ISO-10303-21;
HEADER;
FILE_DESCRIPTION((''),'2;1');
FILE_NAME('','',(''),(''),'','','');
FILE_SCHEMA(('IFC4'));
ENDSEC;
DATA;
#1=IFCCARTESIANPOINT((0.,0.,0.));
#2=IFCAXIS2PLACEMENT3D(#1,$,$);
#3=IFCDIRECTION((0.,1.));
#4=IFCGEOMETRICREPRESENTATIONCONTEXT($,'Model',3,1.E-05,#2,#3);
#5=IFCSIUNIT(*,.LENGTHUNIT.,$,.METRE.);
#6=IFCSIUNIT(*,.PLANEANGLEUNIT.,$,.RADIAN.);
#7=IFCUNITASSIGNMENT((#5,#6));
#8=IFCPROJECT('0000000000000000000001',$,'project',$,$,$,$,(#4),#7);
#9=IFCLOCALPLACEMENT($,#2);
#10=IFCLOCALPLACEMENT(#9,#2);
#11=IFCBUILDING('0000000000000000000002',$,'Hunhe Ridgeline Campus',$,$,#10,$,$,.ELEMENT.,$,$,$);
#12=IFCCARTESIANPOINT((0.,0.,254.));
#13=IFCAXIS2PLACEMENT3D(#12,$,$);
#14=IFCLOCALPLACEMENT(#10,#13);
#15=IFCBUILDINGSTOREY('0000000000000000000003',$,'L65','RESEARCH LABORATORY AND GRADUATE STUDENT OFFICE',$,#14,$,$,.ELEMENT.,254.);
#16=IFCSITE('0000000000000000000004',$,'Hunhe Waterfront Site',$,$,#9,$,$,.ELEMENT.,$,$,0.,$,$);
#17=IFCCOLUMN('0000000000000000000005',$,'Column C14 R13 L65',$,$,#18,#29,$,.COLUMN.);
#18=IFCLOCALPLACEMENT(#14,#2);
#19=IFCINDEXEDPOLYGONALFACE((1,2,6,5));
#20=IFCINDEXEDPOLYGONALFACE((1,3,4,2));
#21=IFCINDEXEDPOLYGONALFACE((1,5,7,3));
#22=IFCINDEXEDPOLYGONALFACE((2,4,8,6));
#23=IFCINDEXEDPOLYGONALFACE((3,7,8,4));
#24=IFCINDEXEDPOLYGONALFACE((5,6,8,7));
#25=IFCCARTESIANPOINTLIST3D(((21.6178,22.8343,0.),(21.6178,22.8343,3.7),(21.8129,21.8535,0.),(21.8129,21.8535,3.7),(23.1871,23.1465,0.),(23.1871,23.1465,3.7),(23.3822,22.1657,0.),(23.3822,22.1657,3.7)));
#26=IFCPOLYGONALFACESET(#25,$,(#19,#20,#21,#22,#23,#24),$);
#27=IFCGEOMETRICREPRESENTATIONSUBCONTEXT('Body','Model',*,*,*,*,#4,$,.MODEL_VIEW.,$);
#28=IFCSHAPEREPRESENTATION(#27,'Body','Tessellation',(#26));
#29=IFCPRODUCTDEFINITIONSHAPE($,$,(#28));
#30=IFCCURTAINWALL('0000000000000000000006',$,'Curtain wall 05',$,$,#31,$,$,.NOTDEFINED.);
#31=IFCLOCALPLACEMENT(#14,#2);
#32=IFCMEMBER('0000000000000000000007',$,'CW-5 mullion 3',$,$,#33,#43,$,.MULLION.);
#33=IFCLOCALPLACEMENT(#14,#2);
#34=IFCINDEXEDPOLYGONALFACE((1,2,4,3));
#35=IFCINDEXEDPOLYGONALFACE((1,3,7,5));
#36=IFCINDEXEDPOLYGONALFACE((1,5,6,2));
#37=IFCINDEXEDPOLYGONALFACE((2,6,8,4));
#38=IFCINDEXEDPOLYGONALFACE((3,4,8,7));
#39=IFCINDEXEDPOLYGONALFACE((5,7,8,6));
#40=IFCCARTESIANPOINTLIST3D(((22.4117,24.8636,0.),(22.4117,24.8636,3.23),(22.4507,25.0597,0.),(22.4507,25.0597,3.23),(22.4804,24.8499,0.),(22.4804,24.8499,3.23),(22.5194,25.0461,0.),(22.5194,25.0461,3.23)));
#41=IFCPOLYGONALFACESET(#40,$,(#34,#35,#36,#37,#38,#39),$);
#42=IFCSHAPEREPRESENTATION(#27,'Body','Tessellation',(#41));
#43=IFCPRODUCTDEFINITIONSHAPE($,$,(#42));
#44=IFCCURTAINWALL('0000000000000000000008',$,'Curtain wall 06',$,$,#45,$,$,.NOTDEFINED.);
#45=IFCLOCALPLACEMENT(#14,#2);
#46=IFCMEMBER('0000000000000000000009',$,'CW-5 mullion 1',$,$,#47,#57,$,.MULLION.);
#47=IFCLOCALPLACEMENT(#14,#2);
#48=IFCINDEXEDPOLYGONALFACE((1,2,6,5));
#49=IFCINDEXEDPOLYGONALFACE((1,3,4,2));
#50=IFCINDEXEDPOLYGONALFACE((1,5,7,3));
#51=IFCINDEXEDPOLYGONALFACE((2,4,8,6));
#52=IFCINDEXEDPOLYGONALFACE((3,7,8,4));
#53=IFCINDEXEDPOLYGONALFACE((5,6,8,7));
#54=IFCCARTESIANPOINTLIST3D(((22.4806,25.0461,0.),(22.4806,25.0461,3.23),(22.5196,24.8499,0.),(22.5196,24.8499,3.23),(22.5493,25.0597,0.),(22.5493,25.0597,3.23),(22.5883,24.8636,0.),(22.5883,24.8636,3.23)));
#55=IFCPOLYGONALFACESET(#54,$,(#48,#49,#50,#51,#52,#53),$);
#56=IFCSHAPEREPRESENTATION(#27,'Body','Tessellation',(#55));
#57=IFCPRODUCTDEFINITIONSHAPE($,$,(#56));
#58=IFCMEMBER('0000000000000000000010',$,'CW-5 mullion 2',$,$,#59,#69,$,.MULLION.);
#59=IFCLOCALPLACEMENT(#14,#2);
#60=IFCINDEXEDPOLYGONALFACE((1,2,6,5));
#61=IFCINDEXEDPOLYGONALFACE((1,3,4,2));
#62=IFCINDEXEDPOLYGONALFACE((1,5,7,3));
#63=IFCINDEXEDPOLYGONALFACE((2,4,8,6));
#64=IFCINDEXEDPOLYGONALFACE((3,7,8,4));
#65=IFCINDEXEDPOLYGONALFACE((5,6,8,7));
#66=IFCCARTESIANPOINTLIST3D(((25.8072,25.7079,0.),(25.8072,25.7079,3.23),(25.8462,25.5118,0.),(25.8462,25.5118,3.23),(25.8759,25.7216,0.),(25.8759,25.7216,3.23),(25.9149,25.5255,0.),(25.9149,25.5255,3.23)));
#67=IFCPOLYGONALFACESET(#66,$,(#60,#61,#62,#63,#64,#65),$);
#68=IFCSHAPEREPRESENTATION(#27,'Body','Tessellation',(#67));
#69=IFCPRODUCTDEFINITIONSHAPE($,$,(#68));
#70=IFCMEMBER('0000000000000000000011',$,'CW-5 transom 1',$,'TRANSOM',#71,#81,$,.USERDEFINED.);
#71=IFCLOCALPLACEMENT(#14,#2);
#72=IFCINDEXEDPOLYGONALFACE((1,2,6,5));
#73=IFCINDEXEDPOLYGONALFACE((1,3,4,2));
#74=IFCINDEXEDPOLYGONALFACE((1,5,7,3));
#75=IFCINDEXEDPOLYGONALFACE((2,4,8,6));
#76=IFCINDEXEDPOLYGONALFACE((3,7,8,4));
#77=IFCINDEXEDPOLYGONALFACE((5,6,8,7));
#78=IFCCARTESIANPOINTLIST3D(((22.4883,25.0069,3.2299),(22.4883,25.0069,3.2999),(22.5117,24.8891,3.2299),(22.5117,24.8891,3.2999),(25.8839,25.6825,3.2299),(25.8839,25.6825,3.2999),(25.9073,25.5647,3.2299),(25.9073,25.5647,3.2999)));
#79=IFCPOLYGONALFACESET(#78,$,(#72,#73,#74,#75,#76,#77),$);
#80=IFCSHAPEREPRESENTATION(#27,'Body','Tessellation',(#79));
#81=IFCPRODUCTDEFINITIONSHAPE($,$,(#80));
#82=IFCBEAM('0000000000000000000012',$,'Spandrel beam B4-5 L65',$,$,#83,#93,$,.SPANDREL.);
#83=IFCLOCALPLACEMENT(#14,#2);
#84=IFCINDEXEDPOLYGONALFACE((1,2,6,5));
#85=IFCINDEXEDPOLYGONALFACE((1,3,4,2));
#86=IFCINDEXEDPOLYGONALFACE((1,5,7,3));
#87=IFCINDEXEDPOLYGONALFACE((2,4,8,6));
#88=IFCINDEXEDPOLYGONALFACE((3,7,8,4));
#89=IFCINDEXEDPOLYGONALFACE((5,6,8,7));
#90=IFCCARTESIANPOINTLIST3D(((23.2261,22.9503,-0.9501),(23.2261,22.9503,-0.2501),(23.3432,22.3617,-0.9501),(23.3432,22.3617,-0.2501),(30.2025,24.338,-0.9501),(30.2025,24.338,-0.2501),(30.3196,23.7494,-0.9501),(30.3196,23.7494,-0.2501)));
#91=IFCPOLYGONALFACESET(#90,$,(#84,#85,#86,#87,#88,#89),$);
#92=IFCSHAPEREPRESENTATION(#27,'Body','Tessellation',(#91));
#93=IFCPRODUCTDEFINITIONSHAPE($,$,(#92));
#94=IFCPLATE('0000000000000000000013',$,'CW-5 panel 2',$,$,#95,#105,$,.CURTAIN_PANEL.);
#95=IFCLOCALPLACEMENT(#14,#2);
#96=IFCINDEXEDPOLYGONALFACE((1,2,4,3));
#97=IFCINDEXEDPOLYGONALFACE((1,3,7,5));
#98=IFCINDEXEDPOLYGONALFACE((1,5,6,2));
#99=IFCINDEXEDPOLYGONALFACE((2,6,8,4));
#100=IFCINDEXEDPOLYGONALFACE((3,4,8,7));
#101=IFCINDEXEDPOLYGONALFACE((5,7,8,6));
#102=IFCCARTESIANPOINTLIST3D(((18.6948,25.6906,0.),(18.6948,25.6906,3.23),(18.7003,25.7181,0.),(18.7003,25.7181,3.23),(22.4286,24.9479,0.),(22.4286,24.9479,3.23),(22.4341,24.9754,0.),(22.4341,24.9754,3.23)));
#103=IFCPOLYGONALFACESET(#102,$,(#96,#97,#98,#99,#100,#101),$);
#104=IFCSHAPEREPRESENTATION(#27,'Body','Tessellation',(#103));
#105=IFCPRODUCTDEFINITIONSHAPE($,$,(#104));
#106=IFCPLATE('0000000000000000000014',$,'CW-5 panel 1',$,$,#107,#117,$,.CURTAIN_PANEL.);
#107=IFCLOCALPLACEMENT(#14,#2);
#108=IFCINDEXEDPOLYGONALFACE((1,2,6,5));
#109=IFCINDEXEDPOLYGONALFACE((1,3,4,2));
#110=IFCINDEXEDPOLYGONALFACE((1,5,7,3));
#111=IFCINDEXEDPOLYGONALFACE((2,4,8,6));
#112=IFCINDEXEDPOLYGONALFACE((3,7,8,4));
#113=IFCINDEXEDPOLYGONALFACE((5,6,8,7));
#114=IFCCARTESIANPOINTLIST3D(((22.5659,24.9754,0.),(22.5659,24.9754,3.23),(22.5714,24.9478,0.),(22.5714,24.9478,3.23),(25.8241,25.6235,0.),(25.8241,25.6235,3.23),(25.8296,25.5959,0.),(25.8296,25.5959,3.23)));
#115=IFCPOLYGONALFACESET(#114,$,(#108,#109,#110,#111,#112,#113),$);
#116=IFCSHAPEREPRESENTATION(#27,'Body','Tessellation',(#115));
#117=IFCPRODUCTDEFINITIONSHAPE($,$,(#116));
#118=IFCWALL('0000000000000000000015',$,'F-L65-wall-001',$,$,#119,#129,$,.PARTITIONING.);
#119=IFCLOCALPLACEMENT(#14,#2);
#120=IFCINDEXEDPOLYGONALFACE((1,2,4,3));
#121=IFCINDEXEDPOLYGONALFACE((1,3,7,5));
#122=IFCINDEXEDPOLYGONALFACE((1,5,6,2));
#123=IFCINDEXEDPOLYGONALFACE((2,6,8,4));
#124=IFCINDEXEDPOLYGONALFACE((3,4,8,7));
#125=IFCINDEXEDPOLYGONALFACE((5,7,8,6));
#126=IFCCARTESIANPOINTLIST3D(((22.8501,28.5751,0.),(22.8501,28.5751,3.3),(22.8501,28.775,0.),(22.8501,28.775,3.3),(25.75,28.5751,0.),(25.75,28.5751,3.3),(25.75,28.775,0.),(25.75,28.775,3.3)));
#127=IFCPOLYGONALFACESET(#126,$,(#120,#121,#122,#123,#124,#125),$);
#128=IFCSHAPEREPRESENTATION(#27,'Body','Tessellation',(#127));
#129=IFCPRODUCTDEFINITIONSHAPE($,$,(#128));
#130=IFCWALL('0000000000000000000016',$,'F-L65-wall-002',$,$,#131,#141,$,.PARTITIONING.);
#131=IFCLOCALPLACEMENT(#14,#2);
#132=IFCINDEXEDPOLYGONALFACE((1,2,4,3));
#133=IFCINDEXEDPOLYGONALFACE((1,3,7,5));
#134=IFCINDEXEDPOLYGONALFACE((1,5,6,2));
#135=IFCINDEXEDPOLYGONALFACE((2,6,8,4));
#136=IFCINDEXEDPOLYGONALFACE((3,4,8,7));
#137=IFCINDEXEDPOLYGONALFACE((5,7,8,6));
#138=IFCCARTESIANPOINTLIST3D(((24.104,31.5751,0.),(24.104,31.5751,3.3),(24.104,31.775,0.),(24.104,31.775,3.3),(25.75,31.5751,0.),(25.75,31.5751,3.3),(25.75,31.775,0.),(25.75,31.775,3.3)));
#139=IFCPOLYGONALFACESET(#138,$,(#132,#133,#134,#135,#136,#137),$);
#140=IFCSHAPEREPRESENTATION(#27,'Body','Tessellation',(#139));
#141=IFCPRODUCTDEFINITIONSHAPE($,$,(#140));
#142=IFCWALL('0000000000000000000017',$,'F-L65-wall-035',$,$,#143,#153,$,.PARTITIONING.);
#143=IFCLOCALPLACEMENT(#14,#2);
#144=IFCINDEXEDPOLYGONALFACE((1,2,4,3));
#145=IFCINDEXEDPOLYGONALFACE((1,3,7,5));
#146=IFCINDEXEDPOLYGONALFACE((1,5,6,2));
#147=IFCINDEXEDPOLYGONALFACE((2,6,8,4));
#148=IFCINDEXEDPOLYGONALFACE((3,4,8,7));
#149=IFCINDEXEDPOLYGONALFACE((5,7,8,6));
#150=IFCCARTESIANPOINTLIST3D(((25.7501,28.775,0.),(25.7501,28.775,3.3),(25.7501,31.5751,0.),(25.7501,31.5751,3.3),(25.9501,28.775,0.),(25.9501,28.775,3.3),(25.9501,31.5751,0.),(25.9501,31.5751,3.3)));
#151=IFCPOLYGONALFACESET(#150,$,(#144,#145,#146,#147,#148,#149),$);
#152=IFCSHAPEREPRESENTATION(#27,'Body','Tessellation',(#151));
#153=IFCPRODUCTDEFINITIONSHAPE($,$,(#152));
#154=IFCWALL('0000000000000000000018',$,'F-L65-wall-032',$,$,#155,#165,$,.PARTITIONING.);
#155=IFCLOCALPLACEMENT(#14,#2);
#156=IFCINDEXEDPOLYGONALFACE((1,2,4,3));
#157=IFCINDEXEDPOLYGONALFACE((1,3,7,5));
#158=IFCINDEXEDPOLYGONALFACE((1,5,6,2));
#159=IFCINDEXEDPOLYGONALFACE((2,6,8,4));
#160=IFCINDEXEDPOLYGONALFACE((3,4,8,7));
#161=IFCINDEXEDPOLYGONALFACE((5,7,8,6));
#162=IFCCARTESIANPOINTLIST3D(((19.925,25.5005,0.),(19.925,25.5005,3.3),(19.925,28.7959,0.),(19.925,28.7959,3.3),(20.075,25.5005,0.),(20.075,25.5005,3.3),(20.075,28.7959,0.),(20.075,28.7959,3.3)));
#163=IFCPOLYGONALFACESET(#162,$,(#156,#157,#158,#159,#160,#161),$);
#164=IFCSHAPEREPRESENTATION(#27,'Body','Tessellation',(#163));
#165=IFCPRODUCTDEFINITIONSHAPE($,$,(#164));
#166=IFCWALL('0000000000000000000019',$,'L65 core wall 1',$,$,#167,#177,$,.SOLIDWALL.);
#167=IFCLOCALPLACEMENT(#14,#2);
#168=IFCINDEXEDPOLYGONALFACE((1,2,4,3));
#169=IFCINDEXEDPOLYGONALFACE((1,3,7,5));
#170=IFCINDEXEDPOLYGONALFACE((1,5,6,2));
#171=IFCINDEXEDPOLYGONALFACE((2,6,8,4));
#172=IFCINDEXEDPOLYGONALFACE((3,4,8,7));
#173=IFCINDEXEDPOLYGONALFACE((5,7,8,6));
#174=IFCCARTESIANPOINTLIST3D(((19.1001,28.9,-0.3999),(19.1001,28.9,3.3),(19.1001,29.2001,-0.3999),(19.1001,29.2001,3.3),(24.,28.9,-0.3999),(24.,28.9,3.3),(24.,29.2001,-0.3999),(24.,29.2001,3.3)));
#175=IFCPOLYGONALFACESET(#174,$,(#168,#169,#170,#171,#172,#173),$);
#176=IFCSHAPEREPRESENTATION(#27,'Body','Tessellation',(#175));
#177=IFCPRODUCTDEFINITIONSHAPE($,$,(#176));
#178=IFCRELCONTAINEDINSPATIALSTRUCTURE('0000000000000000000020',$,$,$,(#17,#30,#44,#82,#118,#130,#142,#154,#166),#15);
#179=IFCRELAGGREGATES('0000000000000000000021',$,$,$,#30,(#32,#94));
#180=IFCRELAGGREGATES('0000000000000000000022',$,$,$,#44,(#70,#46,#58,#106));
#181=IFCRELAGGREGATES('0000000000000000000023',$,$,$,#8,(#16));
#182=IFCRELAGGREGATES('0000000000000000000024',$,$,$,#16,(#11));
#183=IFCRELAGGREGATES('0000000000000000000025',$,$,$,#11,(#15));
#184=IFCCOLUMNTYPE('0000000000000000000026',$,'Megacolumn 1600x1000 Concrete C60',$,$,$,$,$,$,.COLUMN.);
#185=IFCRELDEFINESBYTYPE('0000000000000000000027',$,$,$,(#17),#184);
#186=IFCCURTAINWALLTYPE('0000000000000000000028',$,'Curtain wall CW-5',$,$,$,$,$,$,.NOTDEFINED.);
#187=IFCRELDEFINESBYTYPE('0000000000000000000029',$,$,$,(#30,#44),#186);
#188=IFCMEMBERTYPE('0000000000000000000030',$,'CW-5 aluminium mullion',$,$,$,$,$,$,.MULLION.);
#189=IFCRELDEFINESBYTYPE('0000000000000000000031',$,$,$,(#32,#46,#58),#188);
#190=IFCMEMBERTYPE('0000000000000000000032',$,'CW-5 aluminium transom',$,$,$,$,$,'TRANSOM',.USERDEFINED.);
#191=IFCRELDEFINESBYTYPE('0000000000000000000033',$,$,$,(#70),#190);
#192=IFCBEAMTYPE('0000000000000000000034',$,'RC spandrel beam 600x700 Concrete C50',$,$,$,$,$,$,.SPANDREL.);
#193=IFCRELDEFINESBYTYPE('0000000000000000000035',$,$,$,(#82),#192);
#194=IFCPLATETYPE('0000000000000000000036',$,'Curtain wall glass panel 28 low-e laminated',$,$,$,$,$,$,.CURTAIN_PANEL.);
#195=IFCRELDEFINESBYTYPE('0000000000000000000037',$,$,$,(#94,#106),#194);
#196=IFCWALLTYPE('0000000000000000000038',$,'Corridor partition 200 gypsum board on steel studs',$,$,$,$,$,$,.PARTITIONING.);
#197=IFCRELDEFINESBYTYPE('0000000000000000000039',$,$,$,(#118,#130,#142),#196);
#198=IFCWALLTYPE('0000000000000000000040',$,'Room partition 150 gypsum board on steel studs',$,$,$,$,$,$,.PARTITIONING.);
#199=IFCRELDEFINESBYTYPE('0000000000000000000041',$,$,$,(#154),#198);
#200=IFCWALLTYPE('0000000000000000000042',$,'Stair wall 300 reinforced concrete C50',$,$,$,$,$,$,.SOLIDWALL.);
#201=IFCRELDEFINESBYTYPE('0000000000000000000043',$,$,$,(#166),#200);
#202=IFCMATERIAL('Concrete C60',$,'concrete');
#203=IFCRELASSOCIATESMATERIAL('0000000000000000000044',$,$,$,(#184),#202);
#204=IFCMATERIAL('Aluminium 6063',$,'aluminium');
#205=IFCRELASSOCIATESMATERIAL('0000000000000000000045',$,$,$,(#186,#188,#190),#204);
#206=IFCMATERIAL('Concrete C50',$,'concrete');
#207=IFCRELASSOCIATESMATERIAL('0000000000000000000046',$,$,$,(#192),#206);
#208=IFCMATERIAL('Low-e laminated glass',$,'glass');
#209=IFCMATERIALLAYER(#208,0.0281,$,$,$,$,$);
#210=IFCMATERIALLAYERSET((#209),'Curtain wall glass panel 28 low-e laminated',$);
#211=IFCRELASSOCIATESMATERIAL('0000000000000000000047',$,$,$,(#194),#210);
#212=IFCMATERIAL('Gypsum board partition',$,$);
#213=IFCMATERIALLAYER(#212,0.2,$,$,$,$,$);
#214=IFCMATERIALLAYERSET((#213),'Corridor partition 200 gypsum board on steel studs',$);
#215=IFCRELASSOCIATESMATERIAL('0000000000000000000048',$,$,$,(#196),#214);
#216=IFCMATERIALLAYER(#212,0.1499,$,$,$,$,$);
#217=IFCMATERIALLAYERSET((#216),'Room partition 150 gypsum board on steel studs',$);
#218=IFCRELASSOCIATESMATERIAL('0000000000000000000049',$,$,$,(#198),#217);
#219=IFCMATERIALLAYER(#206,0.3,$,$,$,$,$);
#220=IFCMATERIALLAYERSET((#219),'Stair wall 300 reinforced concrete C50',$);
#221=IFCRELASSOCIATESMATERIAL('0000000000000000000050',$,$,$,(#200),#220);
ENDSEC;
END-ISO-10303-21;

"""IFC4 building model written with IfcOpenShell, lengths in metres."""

from ifc_helpers import new_model, si_unit, direction, frame, frame_2d, origin, origin_2d, place, context, subcontext, project, spatial, rectangle, extrude, material, layer, layer_set, material_profile, profile_set, type_object, element, aggregate, save


model = new_model("IFC4")

# Units and contexts
model_context = context("Model", 3, precision=1e-05, world=origin(), true_north=direction((0.0, 1.0)))
body_context = subcontext(model_context, "Body", "Model", "MODEL_VIEW")
ifc_project = project(units=[si_unit("LENGTHUNIT", "METRE"), si_unit("PLANEANGLEUNIT", "RADIAN")], contexts=[model_context])

# Site, building, storey
site_placement = place(None, origin())
site = spatial("IfcSite", under=ifc_project, at=site_placement, Name="Hunhe Waterfront Site", CompositionType="ELEMENT", RefElevation=0.0)
building_placement = place(site_placement, origin())
building = spatial("IfcBuilding", under=site, at=building_placement, Name="Hunhe Ridgeline Campus", CompositionType="ELEMENT")
storey_placement = place(building_placement, frame((0.0, 0.0, 254.0)))
storey = spatial("IfcBuildingStorey", under=building, at=storey_placement, Name="L65", Description="RESEARCH LABORATORY AND GRADUATE STUDENT OFFICE", CompositionType="ELEMENT", Elevation=254.0)

# Column
ifc_material_1 = material(Name="Concrete C60", Category="concrete")
ifc_material_profile_1 = material_profile(ifc_material_1, rectangle(XDim=1.6001, YDim=1.0, at=origin_2d()))
ifc_profile_set_1 = profile_set([ifc_material_profile_1], Name="Concrete C60")
column_type = type_object("IfcColumnType", Name="Megacolumn 1600x1000 Concrete C60", PredefinedType="COLUMN", material=ifc_profile_set_1)
column_placement = place(storey_placement, frame((22.5, 22.5, 0.0), z_axis=(0.0, 0.0, 1.0), x_axis=(0.980785, 0.19509, 0.0)))
element("IfcColumn", 1, at=column_placement, inside=storey, type_object=column_type, Name="Column C14 R13 L65", PredefinedType="COLUMN", context=body_context, shape_type="SweptSolid", body=[
    extrude(rectangle(XDim=1.6001, YDim=1.0, at=origin_2d()), origin(), (0.0, 0.0, 1.0), 3.7),
])

# Curtain wall, member
ifc_material_2 = material(Name="Aluminium 6063", Category="aluminium")
curtain_wall_type = type_object("IfcCurtainWallType", Name="Curtain wall CW-5", PredefinedType="NOTDEFINED", material=ifc_material_2)
curtain_wall_1_placement = place(storey_placement, origin())
curtain_wall_1 = element("IfcCurtainWall", 2, at=curtain_wall_1_placement, inside=storey, type_object=curtain_wall_type, Name="Curtain wall 05", PredefinedType="NOTDEFINED")
ifc_material_profile_2 = material_profile(ifc_material_2, rectangle(XDim=0.2, YDim=0.0701, at=origin_2d()))
ifc_profile_set_2 = profile_set([ifc_material_profile_2], Name="Aluminium 6063")
member_type_1 = type_object("IfcMemberType", Name="CW-5 aluminium mullion", PredefinedType="MULLION", material=ifc_profile_set_2)
member_1_placement = place(storey_placement, frame((22.4656, 24.9548, 0.0), z_axis=(0.0, 0.0, 1.0), x_axis=(0.19509, 0.980785, 0.0)))
member_1 = element("IfcMember", 3, at=member_1_placement, type_object=member_type_1, Name="CW-5 mullion 3", PredefinedType="MULLION", context=body_context, shape_type="SweptSolid", body=[
    extrude(rectangle(XDim=0.2, YDim=0.0701, at=origin_2d()), origin(), (0.0, 0.0, 1.0), 3.23),
])

# Curtain wall, members
curtain_wall_2_placement = place(storey_placement, origin())
curtain_wall_2 = element("IfcCurtainWall", 4, at=curtain_wall_2_placement, inside=storey, type_object=curtain_wall_type, Name="Curtain wall 06", PredefinedType="NOTDEFINED")
member_2_placement = place(storey_placement, frame((22.5344, 24.9548, 0.0), z_axis=(0.0, 0.0, 1.0), x_axis=(-0.19509, 0.980785, 0.0)))
member_2 = element("IfcMember", 5, at=member_2_placement, type_object=member_type_1, Name="CW-5 mullion 1", PredefinedType="MULLION", context=body_context, shape_type="SweptSolid", body=[
    extrude(rectangle(XDim=0.2, YDim=0.0701, at=origin_2d()), origin(), (0.0, 0.0, 1.0), 3.23),
])
member_3_placement = place(storey_placement, frame((25.8611, 25.6167, 0.0), z_axis=(0.0, 0.0, 1.0), x_axis=(-0.19509, 0.980785, 0.0)))
member_3 = element("IfcMember", 6, at=member_3_placement, type_object=member_type_1, Name="CW-5 mullion 2", PredefinedType="MULLION", context=body_context, shape_type="SweptSolid", body=[
    extrude(rectangle(XDim=0.2, YDim=0.0701, at=origin_2d()), origin(), (0.0, 0.0, 1.0), 3.23),
])
ifc_material_profile_3 = material_profile(ifc_material_2, rectangle(XDim=0.1201, YDim=0.0701, at=origin_2d()))
ifc_profile_set_3 = profile_set([ifc_material_profile_3], Name="Aluminium 6063")
member_type_2 = type_object("IfcMemberType", Name="CW-5 aluminium transom", ElementType="TRANSOM", PredefinedType="USERDEFINED", material=ifc_profile_set_3)
member_4_placement = place(storey_placement, frame((22.5, 24.948, 3.2649), z_axis=(0.980778, 0.195126, 0.0), x_axis=(-0.195126, 0.980778, 0.0)))
member_4 = element("IfcMember", 7, at=member_4_placement, type_object=member_type_2, Name="CW-5 transom 1", ObjectType="TRANSOM", PredefinedType="USERDEFINED", context=body_context, shape_type="SweptSolid", body=[
    extrude(rectangle(XDim=0.1201, YDim=0.0701, at=origin_2d()), origin(), (0.0, 0.0, 1.0), 3.4622),
])

# Beam
ifc_material_3 = material(Name="Concrete C50", Category="concrete")
ifc_material_profile_4 = material_profile(ifc_material_3, rectangle(XDim=0.6001, YDim=0.7, at=origin_2d()))
ifc_profile_set_4 = profile_set([ifc_material_profile_4], Name="Concrete C50")
beam_type = type_object("IfcBeamType", Name="RC spandrel beam 600x700 Concrete C50", PredefinedType="SPANDREL", material=ifc_profile_set_4)
beam_placement = place(storey_placement, frame((23.2847, 22.656, -0.6001), z_axis=(0.980785, 0.195093, 0.0), x_axis=(-0.195093, 0.980785, 0.0)))
element("IfcBeam", 8, at=beam_placement, inside=storey, type_object=beam_type, Name="Spandrel beam B4-5 L65", PredefinedType="SPANDREL", context=body_context, shape_type="SweptSolid", body=[
    extrude(rectangle(XDim=0.6001, YDim=0.7, at=origin_2d()), origin(), (0.0, 0.0, 1.0), 7.113),
])

# Plates
ifc_material_4 = material(Name="Low-e laminated glass", Category="glass")
ifc_layer_1 = layer(ifc_material_4, 0.0281)
ifc_layer_set_1 = layer_set([ifc_layer_1], Name="Curtain wall glass panel 28 low-e laminated")
plate_type = type_object("IfcPlateType", Name="Curtain wall glass panel 28 low-e laminated", PredefinedType="CURTAIN_PANEL", material=ifc_layer_set_1)
plate_1_placement = place(storey_placement, frame((20.5645, 25.333, 0.0), z_axis=(0.0, 0.0, 1.0), x_axis=(0.980785, -0.19509, 0.0)))
plate_1 = element("IfcPlate", 9, at=plate_1_placement, type_object=plate_type, Name="CW-5 panel 2", PredefinedType="CURTAIN_PANEL", context=body_context, shape_type="SweptSolid", body=[
    extrude(rectangle(XDim=3.8069, YDim=0.0281, at=origin_2d()), origin(), (0.0, 0.0, 1.0), 3.23),
])
aggregate(curtain_wall_1, [member_1, plate_1])
plate_2_placement = place(storey_placement, frame((24.1978, 25.2856, 0.0), z_axis=(0.0, 0.0, 1.0), x_axis=(0.980785, 0.19509, 0.0)))
plate_2 = element("IfcPlate", 10, at=plate_2_placement, type_object=plate_type, Name="CW-5 panel 1", PredefinedType="CURTAIN_PANEL", context=body_context, shape_type="SweptSolid", body=[
    extrude(rectangle(XDim=3.322, YDim=0.0281, at=origin_2d()), origin(), (0.0, 0.0, 1.0), 3.23),
])
aggregate(curtain_wall_2, [member_4, member_2, member_3, plate_2])

# Walls
ifc_material_5 = material(Name="Gypsum board partition")
ifc_layer_2 = layer(ifc_material_5, 0.2)
ifc_layer_set_2 = layer_set([ifc_layer_2], Name="Corridor partition 200 gypsum board on steel studs")
wall_type_1 = type_object("IfcWallType", Name="Corridor partition 200 gypsum board on steel studs", PredefinedType="PARTITIONING", material=ifc_layer_set_2)
wall_1_placement = place(storey_placement, frame((25.75, 28.675, 0.0), z_axis=(0.0, 0.0, 1.0), x_axis=(-1.0, 0.0, 0.0)))
element("IfcWall", 11, at=wall_1_placement, inside=storey, type_object=wall_type_1, Name="F-L65-wall-001", PredefinedType="PARTITIONING", context=body_context, shape_type="SweptSolid", body=[
    extrude(rectangle(XDim=2.8999, YDim=0.2, at=frame_2d((1.45, 0.0))), origin(), (0.0, 0.0, 1.0), 3.3),
])
wall_2_placement = place(storey_placement, frame((24.104, 31.675, 0.0), z_axis=(0.0, 0.0, 1.0), x_axis=(1.0, 0.0, 0.0)))
element("IfcWall", 12, at=wall_2_placement, inside=storey, type_object=wall_type_1, Name="F-L65-wall-002", PredefinedType="PARTITIONING", context=body_context, shape_type="SweptSolid", body=[
    extrude(rectangle(XDim=1.646, YDim=0.2, at=frame_2d((0.823, 0.0))), origin(), (0.0, 0.0, 1.0), 3.3),
])
wall_3_placement = place(storey_placement, frame((25.8501, 31.575, 0.0), z_axis=(0.0, 0.0, 1.0), x_axis=(0.0, -1.0, 0.0)))
element("IfcWall", 13, at=wall_3_placement, inside=storey, type_object=wall_type_1, Name="F-L65-wall-035", PredefinedType="PARTITIONING", context=body_context, shape_type="SweptSolid", body=[
    extrude(rectangle(XDim=2.8, YDim=0.2, at=frame_2d((1.3999, 0.0))), origin(), (0.0, 0.0, 1.0), 3.3),
])
ifc_layer_3 = layer(ifc_material_5, 0.1499)
ifc_layer_set_3 = layer_set([ifc_layer_3], Name="Room partition 150 gypsum board on steel studs")
wall_type_2 = type_object("IfcWallType", Name="Room partition 150 gypsum board on steel studs", PredefinedType="PARTITIONING", material=ifc_layer_set_3)
wall_4_placement = place(storey_placement, frame((20.0, 28.7959, 0.0), z_axis=(0.0, 0.0, 1.0), x_axis=(0.0, -1.0, 0.0)))
element("IfcWall", 14, at=wall_4_placement, inside=storey, type_object=wall_type_2, Name="F-L65-wall-032", PredefinedType="PARTITIONING", context=body_context, shape_type="SweptSolid", body=[
    extrude(rectangle(XDim=3.2954, YDim=0.1499, at=frame_2d((1.6477, 0.0))), origin(), (0.0, 0.0, 1.0), 3.3),
])
ifc_layer_4 = layer(ifc_material_3, 0.3)
ifc_layer_set_4 = layer_set([ifc_layer_4], Name="Stair wall 300 reinforced concrete C50")
wall_type_3 = type_object("IfcWallType", Name="Stair wall 300 reinforced concrete C50", PredefinedType="SOLIDWALL", material=ifc_layer_set_4)
wall_5_placement = place(storey_placement, frame((19.1001, 29.05, -0.3999), z_axis=(0.0, 0.0, 1.0), x_axis=(1.0, 0.0, 0.0)))
element("IfcWall", 15, at=wall_5_placement, inside=storey, type_object=wall_type_3, Name="L65 core wall 1", PredefinedType="SOLIDWALL", context=body_context, shape_type="SweptSolid", body=[
    extrude(rectangle(XDim=4.8999, YDim=0.3, at=frame_2d((2.45, 0.0))), origin(), (0.0, 0.0, 1.0), 3.7),
])

save(model, "model.ifc")
